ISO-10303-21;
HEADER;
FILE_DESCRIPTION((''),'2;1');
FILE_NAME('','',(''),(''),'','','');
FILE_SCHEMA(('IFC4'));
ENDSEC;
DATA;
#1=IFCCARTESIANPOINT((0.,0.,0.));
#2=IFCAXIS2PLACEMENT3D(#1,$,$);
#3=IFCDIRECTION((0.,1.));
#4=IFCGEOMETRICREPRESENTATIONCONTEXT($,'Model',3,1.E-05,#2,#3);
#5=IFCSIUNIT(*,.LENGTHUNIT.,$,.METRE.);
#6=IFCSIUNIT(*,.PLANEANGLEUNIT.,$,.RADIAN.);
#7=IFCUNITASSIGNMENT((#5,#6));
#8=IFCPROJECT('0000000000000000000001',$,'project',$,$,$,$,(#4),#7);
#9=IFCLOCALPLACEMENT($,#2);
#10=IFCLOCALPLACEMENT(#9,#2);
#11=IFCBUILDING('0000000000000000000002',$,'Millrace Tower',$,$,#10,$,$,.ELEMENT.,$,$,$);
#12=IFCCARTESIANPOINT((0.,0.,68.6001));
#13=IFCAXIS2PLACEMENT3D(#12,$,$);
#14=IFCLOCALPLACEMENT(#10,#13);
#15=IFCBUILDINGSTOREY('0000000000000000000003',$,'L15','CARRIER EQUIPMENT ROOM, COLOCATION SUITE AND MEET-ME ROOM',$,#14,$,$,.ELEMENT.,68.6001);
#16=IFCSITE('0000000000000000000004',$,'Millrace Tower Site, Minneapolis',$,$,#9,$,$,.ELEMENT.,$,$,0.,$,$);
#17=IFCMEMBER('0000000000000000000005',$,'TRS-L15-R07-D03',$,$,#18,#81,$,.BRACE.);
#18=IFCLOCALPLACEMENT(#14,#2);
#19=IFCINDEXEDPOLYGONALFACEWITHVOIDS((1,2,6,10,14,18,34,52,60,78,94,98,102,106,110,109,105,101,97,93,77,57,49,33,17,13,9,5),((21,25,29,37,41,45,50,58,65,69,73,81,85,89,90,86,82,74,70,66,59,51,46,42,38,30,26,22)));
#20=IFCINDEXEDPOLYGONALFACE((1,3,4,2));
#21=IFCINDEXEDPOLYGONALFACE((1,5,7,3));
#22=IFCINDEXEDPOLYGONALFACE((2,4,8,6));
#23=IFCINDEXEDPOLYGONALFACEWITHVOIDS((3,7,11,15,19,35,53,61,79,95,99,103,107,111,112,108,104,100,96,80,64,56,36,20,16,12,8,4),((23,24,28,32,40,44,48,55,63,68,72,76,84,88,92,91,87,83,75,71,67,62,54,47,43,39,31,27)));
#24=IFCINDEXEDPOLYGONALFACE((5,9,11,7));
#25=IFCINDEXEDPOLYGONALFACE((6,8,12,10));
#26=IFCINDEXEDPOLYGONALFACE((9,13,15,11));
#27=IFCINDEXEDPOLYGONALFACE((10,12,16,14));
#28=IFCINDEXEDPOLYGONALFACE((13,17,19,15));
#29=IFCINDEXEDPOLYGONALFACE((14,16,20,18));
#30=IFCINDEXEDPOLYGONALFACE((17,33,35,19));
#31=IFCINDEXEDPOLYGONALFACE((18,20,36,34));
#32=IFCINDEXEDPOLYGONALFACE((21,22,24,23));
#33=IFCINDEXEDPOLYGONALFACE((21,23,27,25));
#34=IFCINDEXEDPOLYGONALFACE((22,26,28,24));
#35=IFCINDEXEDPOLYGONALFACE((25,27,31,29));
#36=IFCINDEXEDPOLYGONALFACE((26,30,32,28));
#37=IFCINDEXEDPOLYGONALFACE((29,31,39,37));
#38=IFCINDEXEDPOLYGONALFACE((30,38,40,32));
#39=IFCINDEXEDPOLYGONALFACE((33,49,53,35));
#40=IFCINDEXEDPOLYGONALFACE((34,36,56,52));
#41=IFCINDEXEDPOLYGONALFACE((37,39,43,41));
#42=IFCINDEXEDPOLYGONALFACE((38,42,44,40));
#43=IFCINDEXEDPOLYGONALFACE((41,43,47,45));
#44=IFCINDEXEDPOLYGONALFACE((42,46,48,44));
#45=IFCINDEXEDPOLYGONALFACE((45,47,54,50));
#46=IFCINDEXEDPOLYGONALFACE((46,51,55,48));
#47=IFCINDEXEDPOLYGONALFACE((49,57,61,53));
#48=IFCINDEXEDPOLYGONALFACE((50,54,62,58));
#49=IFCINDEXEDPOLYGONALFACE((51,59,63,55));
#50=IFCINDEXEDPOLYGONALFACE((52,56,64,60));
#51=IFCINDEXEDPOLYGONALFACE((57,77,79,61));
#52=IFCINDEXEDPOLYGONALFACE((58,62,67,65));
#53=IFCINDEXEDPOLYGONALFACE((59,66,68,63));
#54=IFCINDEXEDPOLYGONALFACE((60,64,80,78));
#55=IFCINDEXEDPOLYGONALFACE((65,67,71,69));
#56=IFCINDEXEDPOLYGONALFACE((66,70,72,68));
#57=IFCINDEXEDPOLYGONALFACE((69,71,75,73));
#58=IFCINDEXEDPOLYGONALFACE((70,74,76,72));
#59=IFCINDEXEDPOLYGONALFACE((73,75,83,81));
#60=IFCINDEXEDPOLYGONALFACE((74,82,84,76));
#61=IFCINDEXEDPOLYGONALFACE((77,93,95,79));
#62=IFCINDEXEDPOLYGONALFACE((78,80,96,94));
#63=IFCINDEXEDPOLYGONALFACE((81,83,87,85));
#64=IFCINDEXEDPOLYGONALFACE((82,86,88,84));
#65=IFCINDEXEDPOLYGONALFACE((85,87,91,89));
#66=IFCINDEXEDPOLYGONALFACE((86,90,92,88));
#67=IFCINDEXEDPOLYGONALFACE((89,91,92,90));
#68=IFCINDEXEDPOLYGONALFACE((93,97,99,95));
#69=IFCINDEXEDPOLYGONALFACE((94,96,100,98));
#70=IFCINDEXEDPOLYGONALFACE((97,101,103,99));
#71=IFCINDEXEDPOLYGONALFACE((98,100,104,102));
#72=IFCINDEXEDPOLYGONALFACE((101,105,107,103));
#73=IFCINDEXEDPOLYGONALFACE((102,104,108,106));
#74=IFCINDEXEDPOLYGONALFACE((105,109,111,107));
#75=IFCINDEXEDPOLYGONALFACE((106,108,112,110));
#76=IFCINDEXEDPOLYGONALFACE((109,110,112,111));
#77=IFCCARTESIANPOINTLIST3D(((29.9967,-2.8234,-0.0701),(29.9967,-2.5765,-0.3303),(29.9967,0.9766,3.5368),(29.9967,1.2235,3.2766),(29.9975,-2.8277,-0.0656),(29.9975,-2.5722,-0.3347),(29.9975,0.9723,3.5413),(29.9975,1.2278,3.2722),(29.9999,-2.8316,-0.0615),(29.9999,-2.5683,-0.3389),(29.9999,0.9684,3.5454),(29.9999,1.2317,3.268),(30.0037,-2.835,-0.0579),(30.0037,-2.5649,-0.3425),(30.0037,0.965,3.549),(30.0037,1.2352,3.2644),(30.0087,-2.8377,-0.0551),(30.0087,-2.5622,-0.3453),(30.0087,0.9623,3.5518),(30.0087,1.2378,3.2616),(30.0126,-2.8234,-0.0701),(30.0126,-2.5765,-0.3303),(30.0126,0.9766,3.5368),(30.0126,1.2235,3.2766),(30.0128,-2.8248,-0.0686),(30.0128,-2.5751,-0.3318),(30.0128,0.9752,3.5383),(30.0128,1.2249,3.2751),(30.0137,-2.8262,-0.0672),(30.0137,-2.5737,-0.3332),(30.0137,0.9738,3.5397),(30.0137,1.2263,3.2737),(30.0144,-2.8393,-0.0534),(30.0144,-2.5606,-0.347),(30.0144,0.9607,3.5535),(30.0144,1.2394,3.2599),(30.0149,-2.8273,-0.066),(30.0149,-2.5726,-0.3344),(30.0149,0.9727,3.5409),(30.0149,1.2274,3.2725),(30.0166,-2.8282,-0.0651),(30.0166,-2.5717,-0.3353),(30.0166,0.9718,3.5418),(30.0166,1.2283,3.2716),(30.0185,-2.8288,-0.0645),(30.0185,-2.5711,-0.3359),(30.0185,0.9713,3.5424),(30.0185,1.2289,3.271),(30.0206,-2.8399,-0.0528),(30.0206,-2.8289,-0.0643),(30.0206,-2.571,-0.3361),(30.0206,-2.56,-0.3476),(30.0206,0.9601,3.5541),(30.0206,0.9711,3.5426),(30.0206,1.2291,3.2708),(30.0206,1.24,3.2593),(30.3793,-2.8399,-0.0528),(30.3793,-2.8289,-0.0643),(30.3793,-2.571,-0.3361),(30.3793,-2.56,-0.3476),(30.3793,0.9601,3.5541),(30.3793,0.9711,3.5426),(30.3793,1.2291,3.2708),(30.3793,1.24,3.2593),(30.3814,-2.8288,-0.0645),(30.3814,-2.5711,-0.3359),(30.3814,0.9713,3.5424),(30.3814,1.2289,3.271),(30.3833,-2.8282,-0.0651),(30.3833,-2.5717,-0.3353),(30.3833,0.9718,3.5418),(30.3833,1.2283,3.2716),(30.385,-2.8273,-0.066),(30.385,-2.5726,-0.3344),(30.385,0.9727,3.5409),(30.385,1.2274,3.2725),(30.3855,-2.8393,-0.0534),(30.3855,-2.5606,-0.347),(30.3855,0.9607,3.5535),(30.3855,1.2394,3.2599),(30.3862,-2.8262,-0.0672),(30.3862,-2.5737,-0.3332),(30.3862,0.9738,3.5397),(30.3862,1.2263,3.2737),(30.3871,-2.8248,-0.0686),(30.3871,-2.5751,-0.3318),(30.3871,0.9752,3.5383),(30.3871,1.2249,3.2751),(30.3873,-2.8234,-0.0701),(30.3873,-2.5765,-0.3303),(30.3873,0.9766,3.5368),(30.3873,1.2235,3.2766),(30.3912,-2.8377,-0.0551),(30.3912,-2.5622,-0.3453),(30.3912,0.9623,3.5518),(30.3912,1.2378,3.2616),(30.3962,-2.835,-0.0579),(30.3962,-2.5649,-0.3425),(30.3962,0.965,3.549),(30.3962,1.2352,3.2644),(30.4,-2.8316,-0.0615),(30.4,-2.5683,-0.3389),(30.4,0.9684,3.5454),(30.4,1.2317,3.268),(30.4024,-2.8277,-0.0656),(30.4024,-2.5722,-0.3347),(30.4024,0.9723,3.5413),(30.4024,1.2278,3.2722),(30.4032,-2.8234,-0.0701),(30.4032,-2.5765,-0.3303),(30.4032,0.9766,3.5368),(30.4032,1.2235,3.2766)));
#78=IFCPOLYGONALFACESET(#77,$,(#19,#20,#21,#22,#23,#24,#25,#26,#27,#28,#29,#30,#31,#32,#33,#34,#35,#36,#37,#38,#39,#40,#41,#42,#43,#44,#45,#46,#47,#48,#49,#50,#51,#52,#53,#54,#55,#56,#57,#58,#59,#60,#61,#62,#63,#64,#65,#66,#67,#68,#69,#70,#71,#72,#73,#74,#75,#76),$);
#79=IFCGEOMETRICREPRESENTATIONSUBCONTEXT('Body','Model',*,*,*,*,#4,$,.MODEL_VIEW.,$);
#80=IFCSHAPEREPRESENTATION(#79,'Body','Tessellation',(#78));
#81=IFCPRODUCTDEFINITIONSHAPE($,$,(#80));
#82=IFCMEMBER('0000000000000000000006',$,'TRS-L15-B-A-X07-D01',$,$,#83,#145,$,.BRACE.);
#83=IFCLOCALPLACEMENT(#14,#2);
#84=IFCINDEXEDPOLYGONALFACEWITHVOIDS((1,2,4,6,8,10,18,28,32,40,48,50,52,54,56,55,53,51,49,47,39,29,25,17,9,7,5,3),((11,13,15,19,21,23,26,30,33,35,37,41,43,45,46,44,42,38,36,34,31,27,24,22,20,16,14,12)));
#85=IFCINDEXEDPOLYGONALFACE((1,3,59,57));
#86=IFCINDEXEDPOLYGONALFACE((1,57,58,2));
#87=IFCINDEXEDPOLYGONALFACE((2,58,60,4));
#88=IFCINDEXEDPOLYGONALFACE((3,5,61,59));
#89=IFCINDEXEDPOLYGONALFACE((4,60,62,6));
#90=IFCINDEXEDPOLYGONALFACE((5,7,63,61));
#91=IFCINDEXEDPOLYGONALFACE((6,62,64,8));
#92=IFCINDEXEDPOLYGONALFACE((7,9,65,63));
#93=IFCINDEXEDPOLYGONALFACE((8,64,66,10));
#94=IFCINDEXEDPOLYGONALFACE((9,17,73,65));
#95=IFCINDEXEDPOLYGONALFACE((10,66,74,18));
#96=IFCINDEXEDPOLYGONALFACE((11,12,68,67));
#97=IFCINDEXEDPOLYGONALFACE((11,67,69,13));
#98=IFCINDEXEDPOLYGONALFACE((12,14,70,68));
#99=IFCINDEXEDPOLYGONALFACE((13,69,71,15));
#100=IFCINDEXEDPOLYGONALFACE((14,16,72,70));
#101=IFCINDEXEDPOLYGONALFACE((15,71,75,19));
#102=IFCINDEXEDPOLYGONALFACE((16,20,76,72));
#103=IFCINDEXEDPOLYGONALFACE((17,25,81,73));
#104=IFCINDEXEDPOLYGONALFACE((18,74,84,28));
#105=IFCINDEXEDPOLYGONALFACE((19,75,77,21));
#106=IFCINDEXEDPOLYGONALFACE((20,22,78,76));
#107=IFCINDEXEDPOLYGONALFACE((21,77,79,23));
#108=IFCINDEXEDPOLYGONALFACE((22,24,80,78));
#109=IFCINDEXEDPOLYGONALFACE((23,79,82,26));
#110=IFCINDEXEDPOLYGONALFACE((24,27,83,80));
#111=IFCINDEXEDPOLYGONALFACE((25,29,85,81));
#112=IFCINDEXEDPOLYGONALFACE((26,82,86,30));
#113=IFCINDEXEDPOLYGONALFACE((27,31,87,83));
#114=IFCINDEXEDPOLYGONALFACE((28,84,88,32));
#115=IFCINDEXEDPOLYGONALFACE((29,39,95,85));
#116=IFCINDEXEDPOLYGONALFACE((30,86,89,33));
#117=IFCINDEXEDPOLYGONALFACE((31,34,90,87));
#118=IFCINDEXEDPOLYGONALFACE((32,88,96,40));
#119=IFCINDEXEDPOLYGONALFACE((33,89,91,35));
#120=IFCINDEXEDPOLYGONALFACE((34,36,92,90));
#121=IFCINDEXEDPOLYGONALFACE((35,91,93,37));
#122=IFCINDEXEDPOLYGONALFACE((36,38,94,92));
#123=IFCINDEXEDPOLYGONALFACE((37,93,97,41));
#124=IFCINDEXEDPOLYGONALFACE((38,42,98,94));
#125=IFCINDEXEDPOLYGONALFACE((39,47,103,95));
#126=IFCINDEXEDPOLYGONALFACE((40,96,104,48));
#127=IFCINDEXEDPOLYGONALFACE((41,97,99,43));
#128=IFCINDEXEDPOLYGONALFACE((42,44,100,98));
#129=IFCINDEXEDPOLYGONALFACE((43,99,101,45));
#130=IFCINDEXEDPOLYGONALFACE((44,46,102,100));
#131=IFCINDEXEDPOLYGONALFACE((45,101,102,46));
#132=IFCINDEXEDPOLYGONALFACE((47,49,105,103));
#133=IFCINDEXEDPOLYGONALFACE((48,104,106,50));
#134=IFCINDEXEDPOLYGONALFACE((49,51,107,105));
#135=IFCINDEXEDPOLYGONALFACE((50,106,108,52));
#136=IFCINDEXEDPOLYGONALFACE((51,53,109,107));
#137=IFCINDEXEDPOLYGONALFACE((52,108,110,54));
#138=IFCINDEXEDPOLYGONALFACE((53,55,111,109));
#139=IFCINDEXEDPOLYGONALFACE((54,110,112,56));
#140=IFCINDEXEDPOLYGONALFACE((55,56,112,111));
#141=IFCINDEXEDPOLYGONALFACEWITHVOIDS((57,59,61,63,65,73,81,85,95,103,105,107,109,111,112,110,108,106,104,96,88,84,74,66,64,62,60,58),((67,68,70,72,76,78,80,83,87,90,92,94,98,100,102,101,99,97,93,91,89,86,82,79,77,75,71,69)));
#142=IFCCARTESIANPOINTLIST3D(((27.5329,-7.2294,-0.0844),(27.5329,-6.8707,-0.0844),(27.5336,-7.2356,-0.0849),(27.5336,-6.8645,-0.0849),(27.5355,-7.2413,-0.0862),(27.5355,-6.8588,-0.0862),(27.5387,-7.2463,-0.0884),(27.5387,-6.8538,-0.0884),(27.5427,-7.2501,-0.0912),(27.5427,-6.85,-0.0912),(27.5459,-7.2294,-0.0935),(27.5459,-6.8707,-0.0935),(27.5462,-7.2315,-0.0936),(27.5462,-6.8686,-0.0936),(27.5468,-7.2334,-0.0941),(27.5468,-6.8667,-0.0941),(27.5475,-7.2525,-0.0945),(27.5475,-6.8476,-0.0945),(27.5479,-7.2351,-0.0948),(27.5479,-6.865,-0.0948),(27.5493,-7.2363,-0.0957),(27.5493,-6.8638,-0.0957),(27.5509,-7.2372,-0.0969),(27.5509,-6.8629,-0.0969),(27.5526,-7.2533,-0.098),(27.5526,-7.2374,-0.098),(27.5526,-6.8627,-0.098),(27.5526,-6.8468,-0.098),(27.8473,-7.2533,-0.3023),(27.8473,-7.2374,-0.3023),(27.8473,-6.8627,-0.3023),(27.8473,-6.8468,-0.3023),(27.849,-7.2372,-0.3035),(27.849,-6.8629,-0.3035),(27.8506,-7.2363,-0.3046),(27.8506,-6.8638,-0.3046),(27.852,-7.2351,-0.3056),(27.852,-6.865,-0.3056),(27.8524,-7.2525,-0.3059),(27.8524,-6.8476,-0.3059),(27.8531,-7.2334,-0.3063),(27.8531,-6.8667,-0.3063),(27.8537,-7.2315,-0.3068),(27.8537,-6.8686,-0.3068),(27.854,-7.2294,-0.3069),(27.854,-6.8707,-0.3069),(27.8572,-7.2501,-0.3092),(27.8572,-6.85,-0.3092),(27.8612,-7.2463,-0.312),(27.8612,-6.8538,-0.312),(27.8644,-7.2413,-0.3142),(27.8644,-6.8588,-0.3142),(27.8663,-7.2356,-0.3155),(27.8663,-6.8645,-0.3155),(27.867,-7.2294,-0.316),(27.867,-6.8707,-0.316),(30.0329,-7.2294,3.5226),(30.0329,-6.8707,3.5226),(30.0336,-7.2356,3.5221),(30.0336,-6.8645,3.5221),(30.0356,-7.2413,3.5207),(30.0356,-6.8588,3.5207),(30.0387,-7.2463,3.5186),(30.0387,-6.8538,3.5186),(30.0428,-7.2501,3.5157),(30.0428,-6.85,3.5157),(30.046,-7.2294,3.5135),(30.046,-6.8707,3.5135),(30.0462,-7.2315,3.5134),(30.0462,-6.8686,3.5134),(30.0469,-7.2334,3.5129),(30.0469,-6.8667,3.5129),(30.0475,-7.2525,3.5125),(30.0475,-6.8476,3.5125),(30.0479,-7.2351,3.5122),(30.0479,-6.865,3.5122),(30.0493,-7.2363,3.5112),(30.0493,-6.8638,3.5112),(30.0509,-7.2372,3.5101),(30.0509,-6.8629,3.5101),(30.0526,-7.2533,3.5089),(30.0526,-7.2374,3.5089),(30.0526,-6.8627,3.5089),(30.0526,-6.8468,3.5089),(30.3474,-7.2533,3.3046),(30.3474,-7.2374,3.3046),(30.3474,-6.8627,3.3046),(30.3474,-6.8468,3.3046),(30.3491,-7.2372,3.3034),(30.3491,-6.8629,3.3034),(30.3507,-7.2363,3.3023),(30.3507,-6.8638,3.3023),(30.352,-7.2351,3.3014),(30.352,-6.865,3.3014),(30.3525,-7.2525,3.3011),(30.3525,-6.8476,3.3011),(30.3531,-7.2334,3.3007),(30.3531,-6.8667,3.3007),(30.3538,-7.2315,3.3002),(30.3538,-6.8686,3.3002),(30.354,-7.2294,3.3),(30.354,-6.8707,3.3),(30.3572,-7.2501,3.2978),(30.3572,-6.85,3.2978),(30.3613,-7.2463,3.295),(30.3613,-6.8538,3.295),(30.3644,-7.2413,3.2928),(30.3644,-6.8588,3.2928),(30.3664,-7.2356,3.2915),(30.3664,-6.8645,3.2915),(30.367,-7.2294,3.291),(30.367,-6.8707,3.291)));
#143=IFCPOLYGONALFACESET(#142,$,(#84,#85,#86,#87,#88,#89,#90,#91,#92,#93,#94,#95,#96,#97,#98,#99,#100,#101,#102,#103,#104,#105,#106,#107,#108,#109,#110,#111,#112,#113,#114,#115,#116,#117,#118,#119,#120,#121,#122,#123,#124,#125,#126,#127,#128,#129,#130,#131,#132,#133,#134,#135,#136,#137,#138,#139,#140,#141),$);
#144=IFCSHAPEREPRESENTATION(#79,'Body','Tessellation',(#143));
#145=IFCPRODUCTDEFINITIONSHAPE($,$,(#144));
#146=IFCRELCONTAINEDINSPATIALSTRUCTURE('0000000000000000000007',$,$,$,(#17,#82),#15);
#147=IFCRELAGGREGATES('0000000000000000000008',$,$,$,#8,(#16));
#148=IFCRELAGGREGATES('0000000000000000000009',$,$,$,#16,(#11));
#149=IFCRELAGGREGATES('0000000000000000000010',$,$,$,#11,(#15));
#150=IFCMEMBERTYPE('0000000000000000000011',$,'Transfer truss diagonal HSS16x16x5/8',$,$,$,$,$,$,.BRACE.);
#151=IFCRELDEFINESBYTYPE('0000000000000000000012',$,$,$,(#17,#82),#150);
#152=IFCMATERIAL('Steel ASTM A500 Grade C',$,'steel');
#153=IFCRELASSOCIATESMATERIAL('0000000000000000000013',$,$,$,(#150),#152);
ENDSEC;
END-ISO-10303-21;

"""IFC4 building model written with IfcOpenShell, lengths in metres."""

from ifc_helpers import new_model, si_unit, direction, frame, origin, origin_2d, place, context, subcontext, project, spatial, hollow_rectangle, extrude, material, material_profile, profile_set, type_object, element, save


model = new_model("IFC4")

# Units and contexts
model_context = context("Model", 3, precision=1e-05, world=origin(), true_north=direction((0.0, 1.0)))
body_context = subcontext(model_context, "Body", "Model", "MODEL_VIEW")
ifc_project = project(units=[si_unit("LENGTHUNIT", "METRE"), si_unit("PLANEANGLEUNIT", "RADIAN")], contexts=[model_context])

# Site, building, storey
site_placement = place(None, origin())
site = spatial("IfcSite", under=ifc_project, at=site_placement, Name="Millrace Tower Site, Minneapolis", CompositionType="ELEMENT", RefElevation=0.0)
building_placement = place(site_placement, origin())
building = spatial("IfcBuilding", under=site, at=building_placement, Name="Millrace Tower", CompositionType="ELEMENT")
storey_placement = place(building_placement, frame((0.0, 0.0, 68.6001)))
storey = spatial("IfcBuildingStorey", under=building, at=storey_placement, Name="L15", Description="CARRIER EQUIPMENT ROOM, COLOCATION SUITE AND MEET-ME ROOM", CompositionType="ELEMENT", Elevation=68.6001)

# Members
ifc_material_1 = material(Name="Steel ASTM A500 Grade C", Category="steel")
ifc_material_profile_1 = material_profile(ifc_material_1, hollow_rectangle(XDim=0.4065, YDim=0.4065, WallThickness=0.0159, InnerFilletRadius=0.0081, OuterFilletRadius=0.0239, at=origin_2d()))
ifc_profile_set_1 = profile_set([ifc_material_profile_1], Name="Steel ASTM A500 Grade C")
member_type_1 = type_object("IfcMemberType", Name="Transfer truss diagonal HSS16x16x5/8", PredefinedType="BRACE", material=ifc_profile_set_1)
member_1_placement = place(storey_placement, frame((30.2, -2.7, -0.2002), z_axis=(0.0, 0.725296, 0.688437), x_axis=(-1.0, 0.0, 0.0)))
element("IfcMember", 1, at=member_1_placement, inside=storey, type_object=member_type_1, Name="TRS-L15-R07-D03", PredefinedType="BRACE", context=body_context, shape_type="SweptSolid", body=[
    extrude(hollow_rectangle(XDim=0.4065, YDim=0.4065, WallThickness=0.0159, InnerFilletRadius=0.0081, OuterFilletRadius=0.0239, at=origin_2d()), origin(), (0.0, 0.0, 1.0), 5.2393),
])
member_2_placement = place(storey_placement, frame((27.7, -7.05, -0.2002), z_axis=(0.569655, 0.0, 0.821884), x_axis=(0.0, 1.0, 0.0)))
element("IfcMember", 2, at=member_2_placement, inside=storey, type_object=member_type_1, Name="TRS-L15-B-A-X07-D01", PredefinedType="BRACE", context=body_context, shape_type="SweptSolid", body=[
    extrude(hollow_rectangle(XDim=0.4065, YDim=0.4065, WallThickness=0.0159, InnerFilletRadius=0.0081, OuterFilletRadius=0.0239, at=origin_2d()), origin(), (0.0, 0.0, 1.0), 4.3887),
])

save(model, "model.ifc")
